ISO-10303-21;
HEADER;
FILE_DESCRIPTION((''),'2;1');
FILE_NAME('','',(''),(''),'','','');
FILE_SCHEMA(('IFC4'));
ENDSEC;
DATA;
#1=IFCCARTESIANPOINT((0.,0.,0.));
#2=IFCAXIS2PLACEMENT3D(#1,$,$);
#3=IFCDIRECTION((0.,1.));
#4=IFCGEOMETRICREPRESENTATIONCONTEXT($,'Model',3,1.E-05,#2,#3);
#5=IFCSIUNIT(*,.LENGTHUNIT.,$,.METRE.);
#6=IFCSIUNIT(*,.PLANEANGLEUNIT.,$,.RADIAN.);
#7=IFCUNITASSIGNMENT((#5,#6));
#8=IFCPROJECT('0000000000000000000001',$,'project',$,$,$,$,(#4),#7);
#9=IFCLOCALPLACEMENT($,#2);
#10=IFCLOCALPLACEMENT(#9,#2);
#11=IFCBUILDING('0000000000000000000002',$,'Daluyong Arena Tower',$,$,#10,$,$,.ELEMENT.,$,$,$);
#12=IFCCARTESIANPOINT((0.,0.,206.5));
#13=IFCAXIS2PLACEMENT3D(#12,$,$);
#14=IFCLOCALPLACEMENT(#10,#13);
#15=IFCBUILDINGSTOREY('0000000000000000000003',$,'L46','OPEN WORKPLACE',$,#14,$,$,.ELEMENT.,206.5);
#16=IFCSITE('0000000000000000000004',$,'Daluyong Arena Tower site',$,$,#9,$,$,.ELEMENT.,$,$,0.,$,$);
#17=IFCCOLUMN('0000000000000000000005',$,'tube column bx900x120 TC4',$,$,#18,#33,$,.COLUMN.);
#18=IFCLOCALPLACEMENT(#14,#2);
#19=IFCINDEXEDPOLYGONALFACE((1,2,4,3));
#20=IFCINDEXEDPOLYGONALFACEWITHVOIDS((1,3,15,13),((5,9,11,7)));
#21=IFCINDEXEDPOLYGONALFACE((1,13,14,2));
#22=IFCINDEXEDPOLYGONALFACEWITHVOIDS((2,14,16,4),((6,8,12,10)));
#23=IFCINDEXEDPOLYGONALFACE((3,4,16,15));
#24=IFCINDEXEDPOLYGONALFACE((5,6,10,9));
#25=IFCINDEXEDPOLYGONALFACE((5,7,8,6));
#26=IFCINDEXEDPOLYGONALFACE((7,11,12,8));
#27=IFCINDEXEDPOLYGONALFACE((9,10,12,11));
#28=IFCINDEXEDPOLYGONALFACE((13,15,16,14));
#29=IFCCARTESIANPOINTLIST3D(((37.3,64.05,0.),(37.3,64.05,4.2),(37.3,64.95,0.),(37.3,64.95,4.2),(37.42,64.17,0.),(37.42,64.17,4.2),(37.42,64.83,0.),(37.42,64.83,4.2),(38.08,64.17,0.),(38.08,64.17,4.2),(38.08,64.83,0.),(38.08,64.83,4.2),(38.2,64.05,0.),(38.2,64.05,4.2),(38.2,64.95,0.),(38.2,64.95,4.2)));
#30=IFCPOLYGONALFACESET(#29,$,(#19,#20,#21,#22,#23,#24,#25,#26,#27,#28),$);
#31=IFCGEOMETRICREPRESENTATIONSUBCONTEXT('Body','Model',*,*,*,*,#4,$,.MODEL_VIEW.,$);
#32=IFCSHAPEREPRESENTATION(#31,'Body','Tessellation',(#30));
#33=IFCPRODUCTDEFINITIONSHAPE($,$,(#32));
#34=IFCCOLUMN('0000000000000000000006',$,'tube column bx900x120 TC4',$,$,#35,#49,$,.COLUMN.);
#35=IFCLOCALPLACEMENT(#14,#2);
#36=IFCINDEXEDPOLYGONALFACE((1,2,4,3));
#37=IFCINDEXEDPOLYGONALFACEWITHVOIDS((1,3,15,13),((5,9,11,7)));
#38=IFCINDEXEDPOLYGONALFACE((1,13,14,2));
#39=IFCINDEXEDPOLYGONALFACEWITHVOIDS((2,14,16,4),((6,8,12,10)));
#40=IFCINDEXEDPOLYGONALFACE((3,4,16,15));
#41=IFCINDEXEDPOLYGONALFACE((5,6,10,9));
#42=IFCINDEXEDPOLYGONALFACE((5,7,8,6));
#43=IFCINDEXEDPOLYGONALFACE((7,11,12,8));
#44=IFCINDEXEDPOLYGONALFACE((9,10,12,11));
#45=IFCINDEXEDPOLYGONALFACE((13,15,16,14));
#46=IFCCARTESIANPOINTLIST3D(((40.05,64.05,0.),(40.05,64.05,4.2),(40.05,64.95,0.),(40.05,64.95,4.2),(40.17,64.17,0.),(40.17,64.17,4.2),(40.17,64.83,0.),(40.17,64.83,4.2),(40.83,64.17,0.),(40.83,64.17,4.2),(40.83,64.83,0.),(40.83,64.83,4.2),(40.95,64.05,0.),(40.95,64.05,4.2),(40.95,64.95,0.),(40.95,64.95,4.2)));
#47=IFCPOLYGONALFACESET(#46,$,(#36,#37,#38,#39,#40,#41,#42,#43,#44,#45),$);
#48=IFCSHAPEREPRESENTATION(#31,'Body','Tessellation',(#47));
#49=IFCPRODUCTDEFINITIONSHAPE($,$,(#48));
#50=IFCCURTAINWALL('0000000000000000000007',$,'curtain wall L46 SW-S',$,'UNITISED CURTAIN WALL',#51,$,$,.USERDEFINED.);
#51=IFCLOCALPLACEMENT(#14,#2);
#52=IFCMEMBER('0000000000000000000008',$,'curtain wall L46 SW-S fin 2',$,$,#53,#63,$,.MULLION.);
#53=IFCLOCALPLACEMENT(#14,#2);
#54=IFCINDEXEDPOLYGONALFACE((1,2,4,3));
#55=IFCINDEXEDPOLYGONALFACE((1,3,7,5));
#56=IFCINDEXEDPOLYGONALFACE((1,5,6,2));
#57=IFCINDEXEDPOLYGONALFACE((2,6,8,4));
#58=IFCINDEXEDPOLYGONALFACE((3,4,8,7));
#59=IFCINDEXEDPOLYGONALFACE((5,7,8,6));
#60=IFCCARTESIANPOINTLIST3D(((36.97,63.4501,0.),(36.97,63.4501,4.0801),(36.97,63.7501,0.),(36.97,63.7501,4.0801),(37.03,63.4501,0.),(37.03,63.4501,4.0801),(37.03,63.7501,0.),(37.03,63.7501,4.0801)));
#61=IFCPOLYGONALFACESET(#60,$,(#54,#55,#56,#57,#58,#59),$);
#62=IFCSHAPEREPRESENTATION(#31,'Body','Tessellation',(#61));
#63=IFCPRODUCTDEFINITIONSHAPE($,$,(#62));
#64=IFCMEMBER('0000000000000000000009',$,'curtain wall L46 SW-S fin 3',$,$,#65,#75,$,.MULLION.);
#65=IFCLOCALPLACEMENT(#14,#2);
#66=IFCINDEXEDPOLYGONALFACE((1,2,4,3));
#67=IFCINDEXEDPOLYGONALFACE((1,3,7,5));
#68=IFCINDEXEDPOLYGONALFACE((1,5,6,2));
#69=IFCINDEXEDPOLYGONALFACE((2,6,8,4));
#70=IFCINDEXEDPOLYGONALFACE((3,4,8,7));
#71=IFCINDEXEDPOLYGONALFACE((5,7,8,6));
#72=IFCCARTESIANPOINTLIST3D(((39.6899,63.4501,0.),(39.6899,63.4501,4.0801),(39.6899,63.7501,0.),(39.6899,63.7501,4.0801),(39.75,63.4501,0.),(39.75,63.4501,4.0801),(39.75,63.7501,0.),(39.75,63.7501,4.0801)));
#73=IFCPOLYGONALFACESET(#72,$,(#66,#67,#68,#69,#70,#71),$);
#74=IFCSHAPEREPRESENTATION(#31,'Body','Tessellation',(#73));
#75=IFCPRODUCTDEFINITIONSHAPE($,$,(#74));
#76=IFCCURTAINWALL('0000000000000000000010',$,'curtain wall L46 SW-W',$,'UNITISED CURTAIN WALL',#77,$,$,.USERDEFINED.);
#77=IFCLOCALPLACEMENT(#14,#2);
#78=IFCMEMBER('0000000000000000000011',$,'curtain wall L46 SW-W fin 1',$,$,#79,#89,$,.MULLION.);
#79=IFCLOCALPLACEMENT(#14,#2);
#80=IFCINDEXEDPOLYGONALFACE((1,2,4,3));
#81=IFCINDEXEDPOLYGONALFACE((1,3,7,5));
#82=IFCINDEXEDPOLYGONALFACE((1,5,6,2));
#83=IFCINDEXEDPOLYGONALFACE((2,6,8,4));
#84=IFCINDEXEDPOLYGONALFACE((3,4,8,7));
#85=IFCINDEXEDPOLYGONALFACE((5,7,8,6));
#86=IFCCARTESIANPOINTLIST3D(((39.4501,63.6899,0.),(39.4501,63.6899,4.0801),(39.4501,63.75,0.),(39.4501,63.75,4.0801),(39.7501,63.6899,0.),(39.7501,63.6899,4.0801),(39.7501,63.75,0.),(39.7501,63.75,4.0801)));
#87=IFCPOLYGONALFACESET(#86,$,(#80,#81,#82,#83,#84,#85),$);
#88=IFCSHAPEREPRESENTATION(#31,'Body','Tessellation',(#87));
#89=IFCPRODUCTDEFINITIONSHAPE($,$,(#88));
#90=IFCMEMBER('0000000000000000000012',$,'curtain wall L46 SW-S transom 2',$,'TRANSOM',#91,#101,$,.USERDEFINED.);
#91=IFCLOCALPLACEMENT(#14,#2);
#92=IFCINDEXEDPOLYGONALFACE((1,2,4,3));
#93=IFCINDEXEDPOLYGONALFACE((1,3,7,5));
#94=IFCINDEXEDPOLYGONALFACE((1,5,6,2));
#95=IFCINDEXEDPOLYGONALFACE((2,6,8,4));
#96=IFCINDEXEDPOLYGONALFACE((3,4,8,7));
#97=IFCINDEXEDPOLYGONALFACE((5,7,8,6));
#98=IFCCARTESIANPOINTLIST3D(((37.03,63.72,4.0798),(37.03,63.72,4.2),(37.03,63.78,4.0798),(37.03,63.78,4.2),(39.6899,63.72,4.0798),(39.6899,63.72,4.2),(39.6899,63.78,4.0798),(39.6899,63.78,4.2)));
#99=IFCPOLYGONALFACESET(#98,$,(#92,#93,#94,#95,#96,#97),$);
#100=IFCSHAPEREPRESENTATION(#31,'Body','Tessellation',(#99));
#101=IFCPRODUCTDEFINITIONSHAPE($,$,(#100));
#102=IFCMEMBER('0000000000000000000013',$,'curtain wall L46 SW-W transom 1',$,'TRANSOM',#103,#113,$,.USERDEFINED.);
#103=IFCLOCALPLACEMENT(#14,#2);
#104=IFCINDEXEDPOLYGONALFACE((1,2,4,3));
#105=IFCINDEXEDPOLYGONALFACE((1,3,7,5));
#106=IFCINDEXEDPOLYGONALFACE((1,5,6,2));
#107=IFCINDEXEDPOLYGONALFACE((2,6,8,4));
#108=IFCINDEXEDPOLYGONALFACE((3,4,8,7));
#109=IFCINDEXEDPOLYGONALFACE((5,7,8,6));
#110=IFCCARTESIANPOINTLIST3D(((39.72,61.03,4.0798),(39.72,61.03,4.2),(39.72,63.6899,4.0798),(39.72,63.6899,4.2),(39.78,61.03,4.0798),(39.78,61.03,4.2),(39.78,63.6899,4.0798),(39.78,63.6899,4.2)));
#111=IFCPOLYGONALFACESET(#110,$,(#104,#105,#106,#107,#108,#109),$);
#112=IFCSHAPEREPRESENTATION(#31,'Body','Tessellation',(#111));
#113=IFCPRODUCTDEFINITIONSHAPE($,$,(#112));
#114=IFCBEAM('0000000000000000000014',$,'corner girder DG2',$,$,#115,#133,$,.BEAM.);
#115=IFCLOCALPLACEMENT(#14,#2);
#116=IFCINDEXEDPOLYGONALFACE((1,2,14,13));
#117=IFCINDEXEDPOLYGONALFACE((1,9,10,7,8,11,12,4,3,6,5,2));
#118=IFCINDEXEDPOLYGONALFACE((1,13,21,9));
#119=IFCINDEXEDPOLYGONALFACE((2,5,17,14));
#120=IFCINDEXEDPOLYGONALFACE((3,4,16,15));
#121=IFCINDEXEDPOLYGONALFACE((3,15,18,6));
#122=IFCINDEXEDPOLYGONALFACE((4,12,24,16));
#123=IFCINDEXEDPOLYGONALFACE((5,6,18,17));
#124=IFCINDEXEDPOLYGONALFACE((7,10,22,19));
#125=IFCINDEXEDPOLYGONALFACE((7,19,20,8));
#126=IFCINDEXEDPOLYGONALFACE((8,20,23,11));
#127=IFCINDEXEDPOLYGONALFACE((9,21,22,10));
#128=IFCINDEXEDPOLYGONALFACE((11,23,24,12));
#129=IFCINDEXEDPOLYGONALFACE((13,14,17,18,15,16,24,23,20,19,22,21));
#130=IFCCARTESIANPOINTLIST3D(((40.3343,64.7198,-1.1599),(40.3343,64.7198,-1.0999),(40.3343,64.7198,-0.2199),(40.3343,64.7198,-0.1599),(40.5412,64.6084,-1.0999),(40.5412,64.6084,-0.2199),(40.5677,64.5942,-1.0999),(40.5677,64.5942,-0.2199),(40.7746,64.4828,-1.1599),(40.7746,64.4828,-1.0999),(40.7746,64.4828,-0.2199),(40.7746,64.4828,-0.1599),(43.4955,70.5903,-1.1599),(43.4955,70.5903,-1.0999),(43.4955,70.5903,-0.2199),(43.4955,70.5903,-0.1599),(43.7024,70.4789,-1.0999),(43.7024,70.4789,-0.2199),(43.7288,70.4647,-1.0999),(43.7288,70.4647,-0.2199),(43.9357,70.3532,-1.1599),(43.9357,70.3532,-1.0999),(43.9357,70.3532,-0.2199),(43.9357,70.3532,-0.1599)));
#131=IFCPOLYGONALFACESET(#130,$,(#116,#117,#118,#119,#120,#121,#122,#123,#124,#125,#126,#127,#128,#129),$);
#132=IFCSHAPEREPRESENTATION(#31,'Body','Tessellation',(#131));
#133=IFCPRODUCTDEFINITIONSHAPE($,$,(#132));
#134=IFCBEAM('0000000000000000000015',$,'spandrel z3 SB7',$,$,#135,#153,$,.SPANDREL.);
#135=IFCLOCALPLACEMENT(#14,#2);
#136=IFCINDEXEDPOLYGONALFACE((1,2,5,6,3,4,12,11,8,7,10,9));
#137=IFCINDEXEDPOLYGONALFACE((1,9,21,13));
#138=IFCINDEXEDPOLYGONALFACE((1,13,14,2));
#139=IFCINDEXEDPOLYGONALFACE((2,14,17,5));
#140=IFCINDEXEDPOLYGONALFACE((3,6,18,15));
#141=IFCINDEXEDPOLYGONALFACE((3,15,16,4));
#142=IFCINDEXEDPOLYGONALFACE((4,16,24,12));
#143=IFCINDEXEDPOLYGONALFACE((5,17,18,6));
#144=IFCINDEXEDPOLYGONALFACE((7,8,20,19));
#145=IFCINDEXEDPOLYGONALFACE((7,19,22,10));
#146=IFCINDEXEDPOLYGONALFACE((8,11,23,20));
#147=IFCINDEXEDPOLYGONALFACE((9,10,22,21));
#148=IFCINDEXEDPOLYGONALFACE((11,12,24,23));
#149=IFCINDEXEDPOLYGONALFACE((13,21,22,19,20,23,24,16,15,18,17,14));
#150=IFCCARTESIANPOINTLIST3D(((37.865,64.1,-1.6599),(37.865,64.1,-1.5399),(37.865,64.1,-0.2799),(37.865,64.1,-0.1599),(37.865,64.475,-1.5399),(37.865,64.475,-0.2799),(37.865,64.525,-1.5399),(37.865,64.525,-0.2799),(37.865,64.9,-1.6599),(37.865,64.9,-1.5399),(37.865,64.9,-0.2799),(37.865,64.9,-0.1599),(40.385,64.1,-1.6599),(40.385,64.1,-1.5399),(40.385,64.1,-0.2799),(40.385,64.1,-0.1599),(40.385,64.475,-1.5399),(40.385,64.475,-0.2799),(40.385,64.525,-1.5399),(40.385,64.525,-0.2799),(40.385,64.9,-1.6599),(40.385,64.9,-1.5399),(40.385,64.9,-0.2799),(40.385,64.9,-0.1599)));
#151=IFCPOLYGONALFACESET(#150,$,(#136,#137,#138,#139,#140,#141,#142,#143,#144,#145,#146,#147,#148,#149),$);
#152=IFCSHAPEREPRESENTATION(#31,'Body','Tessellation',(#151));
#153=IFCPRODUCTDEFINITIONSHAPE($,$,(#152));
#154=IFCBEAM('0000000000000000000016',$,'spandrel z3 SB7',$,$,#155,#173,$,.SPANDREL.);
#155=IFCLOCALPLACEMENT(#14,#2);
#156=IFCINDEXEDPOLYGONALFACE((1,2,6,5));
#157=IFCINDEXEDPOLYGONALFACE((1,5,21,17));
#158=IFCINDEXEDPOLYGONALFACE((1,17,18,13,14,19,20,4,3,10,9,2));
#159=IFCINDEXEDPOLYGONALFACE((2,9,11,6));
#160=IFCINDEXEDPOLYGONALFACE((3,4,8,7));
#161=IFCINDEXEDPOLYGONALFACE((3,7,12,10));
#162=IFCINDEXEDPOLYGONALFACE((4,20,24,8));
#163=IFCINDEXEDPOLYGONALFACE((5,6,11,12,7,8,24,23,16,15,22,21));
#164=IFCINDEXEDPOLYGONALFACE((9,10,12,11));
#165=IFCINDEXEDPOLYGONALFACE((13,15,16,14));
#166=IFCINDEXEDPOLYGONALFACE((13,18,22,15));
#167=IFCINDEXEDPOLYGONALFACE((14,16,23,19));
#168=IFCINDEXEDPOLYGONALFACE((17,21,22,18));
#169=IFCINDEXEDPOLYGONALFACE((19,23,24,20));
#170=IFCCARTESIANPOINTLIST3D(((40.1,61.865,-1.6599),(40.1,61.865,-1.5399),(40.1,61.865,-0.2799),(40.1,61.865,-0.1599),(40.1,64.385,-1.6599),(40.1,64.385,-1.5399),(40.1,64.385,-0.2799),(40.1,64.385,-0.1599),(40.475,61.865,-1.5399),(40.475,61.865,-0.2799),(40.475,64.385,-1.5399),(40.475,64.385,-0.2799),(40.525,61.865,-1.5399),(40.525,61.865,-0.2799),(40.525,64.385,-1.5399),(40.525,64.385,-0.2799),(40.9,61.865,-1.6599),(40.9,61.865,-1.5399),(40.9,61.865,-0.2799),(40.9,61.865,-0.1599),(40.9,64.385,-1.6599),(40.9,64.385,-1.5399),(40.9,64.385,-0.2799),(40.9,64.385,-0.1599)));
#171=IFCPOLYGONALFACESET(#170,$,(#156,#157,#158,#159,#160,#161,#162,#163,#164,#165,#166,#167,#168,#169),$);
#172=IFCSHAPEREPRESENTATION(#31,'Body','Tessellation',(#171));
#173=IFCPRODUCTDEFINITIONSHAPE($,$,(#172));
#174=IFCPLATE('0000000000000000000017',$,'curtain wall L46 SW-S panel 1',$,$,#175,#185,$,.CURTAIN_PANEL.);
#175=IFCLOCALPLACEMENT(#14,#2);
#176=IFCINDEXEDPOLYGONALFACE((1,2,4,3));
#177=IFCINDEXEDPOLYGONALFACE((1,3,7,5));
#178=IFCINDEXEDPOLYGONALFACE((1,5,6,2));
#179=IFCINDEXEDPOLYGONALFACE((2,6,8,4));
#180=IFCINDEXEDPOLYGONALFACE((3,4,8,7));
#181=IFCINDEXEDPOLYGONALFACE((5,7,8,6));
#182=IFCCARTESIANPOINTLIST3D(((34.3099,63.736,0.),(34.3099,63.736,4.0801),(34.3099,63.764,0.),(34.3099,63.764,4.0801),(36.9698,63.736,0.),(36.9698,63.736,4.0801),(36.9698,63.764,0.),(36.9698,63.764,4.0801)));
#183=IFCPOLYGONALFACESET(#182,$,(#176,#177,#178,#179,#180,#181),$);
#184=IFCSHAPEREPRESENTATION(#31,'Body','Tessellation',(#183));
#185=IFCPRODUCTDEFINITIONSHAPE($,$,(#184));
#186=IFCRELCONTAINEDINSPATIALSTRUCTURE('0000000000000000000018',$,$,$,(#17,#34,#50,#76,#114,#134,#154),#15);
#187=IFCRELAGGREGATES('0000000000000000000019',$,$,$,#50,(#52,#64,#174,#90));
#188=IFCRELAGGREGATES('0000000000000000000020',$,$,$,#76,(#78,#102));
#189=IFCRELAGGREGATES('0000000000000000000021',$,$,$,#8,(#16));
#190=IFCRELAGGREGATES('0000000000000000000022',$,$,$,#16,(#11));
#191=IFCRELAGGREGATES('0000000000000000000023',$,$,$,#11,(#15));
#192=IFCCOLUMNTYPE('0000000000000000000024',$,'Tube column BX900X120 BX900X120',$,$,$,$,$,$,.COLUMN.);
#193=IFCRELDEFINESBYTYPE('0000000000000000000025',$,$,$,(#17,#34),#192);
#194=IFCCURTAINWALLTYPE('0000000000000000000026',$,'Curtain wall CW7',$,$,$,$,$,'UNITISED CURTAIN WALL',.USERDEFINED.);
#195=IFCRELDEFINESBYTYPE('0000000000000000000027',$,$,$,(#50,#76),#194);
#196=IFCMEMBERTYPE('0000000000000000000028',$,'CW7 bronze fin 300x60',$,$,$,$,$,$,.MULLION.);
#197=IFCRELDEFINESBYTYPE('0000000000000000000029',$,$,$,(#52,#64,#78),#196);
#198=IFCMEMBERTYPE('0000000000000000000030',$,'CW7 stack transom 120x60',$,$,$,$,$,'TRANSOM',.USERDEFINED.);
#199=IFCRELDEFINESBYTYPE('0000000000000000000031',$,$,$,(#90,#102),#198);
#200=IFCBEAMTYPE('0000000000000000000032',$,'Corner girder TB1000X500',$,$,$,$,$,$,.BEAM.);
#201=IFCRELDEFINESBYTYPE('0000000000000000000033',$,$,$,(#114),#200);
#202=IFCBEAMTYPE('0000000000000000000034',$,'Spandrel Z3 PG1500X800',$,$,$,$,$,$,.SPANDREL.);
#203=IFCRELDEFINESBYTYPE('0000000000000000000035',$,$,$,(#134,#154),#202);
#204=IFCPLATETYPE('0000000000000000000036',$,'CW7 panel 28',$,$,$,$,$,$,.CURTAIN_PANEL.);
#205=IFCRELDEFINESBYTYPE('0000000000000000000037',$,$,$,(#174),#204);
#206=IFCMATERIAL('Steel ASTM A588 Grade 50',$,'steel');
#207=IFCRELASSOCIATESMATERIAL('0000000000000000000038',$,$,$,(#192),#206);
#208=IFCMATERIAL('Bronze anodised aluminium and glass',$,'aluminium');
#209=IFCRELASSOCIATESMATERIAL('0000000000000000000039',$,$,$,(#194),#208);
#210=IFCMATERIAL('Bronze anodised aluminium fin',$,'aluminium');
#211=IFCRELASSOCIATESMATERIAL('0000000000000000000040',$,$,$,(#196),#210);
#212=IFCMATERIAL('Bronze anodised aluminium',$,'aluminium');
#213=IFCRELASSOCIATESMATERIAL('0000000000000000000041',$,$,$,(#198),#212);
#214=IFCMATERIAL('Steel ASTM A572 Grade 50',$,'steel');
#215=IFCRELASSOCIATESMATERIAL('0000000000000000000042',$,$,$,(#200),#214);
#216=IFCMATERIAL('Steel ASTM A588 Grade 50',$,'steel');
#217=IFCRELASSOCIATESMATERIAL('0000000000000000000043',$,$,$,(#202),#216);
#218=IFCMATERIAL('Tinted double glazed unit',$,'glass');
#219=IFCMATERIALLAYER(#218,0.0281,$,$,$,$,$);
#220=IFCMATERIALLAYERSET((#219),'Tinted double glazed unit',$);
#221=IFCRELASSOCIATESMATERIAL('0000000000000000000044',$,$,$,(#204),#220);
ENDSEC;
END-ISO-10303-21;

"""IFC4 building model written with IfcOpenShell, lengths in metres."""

from ifc_helpers import new_model, si_unit, direction, frame, origin, origin_2d, place, context, subcontext, project, spatial, rectangle, hollow_rectangle, i_section, extrude, material, layer, layer_set, material_profile, profile_set, type_object, element, aggregate, save


model = new_model("IFC4")

# Units and contexts
model_context = context("Model", 3, precision=1e-05, world=origin(), true_north=direction((0.0, 1.0)))
body_context = subcontext(model_context, "Body", "Model", "MODEL_VIEW")
ifc_project = project(units=[si_unit("LENGTHUNIT", "METRE"), si_unit("PLANEANGLEUNIT", "RADIAN")], contexts=[model_context])

# Site, building, storey
site_placement = place(None, origin())
site = spatial("IfcSite", under=ifc_project, at=site_placement, Name="Daluyong Arena Tower site", CompositionType="ELEMENT", RefElevation=0.0)
building_placement = place(site_placement, origin())
building = spatial("IfcBuilding", under=site, at=building_placement, Name="Daluyong Arena Tower", CompositionType="ELEMENT")
storey_placement = place(building_placement, frame((0.0, 0.0, 206.5)))
storey = spatial("IfcBuildingStorey", under=building, at=storey_placement, Name="L46", Description="OPEN WORKPLACE", CompositionType="ELEMENT", Elevation=206.5)

# Columns
ifc_material_1 = material(Name="Steel ASTM A588 Grade 50", Category="steel")
ifc_material_profile_1 = material_profile(ifc_material_1, hollow_rectangle(XDim=0.8999, YDim=0.8999, WallThickness=0.12, at=origin_2d()))
ifc_profile_set_1 = profile_set([ifc_material_profile_1], Name="Steel ASTM A588 Grade 50")
column_type = type_object("IfcColumnType", Name="Tube column BX900X120 BX900X120", PredefinedType="COLUMN", material=ifc_profile_set_1)
for number, where, z_axis, x_axis, name in (
    (1, (37.75, 64.5, 0.0), (0.0, 0.0, 1.0), (1.0, 0.0, 0.0), "tube column bx900x120 TC4"),
    (2, (40.5, 64.5, 0.0), (0.0, 0.0, 1.0), (0.0, 1.0, 0.0), "tube column bx900x120 TC4"),
):
    element("IfcColumn", number, at=place(storey_placement, frame(where, z_axis=z_axis, x_axis=x_axis)), inside=storey, type_object=column_type, Name=name, PredefinedType="COLUMN", context=body_context, shape_type="SweptSolid", body=[
        extrude(hollow_rectangle(XDim=0.8999, YDim=0.8999, WallThickness=0.12, at=origin_2d()), origin(), (0.0, 0.0, 1.0), 4.2),
    ])

# Curtain wall, members
ifc_material_2 = material(Name="Bronze anodised aluminium and glass", Category="aluminium")
curtain_wall_type = type_object("IfcCurtainWallType", Name="Curtain wall CW7", ElementType="UNITISED CURTAIN WALL", PredefinedType="USERDEFINED", material=ifc_material_2)
curtain_wall_1_placement = place(storey_placement, origin())
curtain_wall_1 = element("IfcCurtainWall", 3, at=curtain_wall_1_placement, inside=storey, type_object=curtain_wall_type, Name="curtain wall L46 SW-S", ObjectType="UNITISED CURTAIN WALL", PredefinedType="USERDEFINED")
ifc_material_3 = material(Name="Bronze anodised aluminium fin", Category="aluminium")
ifc_material_profile_2 = material_profile(ifc_material_3, rectangle(XDim=0.3, YDim=0.0601, at=origin_2d()))
ifc_profile_set_2 = profile_set([ifc_material_profile_2], Name="Bronze anodised aluminium fin")
member_type_1 = type_object("IfcMemberType", Name="CW7 bronze fin 300x60", PredefinedType="MULLION", material=ifc_profile_set_2)
member_1_placement = place(storey_placement, frame((37.0, 63.6001, 0.0), z_axis=(0.0, 0.0, 1.0), x_axis=(0.0, 1.0, 0.0)))
member_1 = element("IfcMember", 4, at=member_1_placement, type_object=member_type_1, Name="curtain wall L46 SW-S fin 2", PredefinedType="MULLION", context=body_context, shape_type="SweptSolid", body=[
    extrude(rectangle(XDim=0.3, YDim=0.0601, at=origin_2d()), origin(), (0.0, 0.0, 1.0), 4.0801),
])
member_2_placement = place(storey_placement, frame((39.72, 63.6001, 0.0), z_axis=(0.0, 0.0, 1.0), x_axis=(0.0, 1.0, 0.0)))
member_2 = element("IfcMember", 5, at=member_2_placement, type_object=member_type_1, Name="curtain wall L46 SW-S fin 3", PredefinedType="MULLION", context=body_context, shape_type="SweptSolid", body=[
    extrude(rectangle(XDim=0.3, YDim=0.0601, at=origin_2d()), origin(), (0.0, 0.0, 1.0), 4.0801),
])

# Curtain wall, member
curtain_wall_2_placement = place(storey_placement, origin())
curtain_wall_2 = element("IfcCurtainWall", 6, at=curtain_wall_2_placement, inside=storey, type_object=curtain_wall_type, Name="curtain wall L46 SW-W", ObjectType="UNITISED CURTAIN WALL", PredefinedType="USERDEFINED")
member_3_placement = place(storey_placement, frame((39.6001, 63.72, 0.0), z_axis=(0.0, 0.0, 1.0), x_axis=(1.0, 0.0, 0.0)))
member_3 = element("IfcMember", 7, at=member_3_placement, type_object=member_type_1, Name="curtain wall L46 SW-W fin 1", PredefinedType="MULLION", context=body_context, shape_type="SweptSolid", body=[
    extrude(rectangle(XDim=0.3, YDim=0.0601, at=origin_2d()), origin(), (0.0, 0.0, 1.0), 4.0801),
])

# Members
ifc_material_4 = material(Name="Bronze anodised aluminium", Category="aluminium")
ifc_material_profile_3 = material_profile(ifc_material_4, rectangle(XDim=0.0601, YDim=0.1201, at=origin_2d()))
ifc_profile_set_3 = profile_set([ifc_material_profile_3], Name="Bronze anodised aluminium")
member_type_2 = type_object("IfcMemberType", Name="CW7 stack transom 120x60", ElementType="TRANSOM", PredefinedType="USERDEFINED", material=ifc_profile_set_3)
member_4_placement = place(storey_placement, frame((37.03, 63.75, 4.1399), z_axis=(1.0, 0.0, 0.0), x_axis=(0.0, 1.0, 0.0)))
member_4 = element("IfcMember", 8, at=member_4_placement, type_object=member_type_2, Name="curtain wall L46 SW-S transom 2", ObjectType="TRANSOM", PredefinedType="USERDEFINED", context=body_context, shape_type="SweptSolid", body=[
    extrude(rectangle(XDim=0.0601, YDim=0.1201, at=origin_2d()), origin(), (0.0, 0.0, 1.0), 2.6599),
])
member_5_placement = place(storey_placement, frame((39.75, 63.6899, 4.1399), z_axis=(0.0, -1.0, 0.0), x_axis=(1.0, 0.0, 0.0)))
member_5 = element("IfcMember", 9, at=member_5_placement, type_object=member_type_2, Name="curtain wall L46 SW-W transom 1", ObjectType="TRANSOM", PredefinedType="USERDEFINED", context=body_context, shape_type="SweptSolid", body=[
    extrude(rectangle(XDim=0.0601, YDim=0.1201, at=origin_2d()), origin(), (0.0, 0.0, 1.0), 2.6599),
])

# Beams
ifc_material_5 = material(Name="Steel ASTM A572 Grade 50", Category="steel")
ifc_material_profile_4 = material_profile(ifc_material_5, i_section(OverallWidth=0.5, OverallDepth=1.0, WebThickness=0.03, FlangeThickness=0.06, at=origin_2d()))
ifc_profile_set_4 = profile_set([ifc_material_profile_4], Name="Steel ASTM A572 Grade 50")
beam_type_1 = type_object("IfcBeamType", Name="Corner girder TB1000X500", PredefinedType="BEAM", material=ifc_profile_set_4)
beam_placement = place(storey_placement, frame((40.5544, 64.6013, -0.6599), z_axis=(0.474119, 0.880461, 0.0), x_axis=(-0.880461, 0.474119, 0.0)))
element("IfcBeam", 10, at=beam_placement, inside=storey, type_object=beam_type_1, Name="corner girder DG2", PredefinedType="BEAM", context=body_context, shape_type="SweptSolid", body=[
    extrude(i_section(OverallWidth=0.5, OverallDepth=1.0, WebThickness=0.03, FlangeThickness=0.06, at=origin_2d()), origin(), (0.0, 0.0, 1.0), 6.6675),
])
ifc_material_6 = material(Name="Steel ASTM A588 Grade 50", Category="steel")
ifc_material_profile_5 = material_profile(ifc_material_6, i_section(OverallWidth=0.8, OverallDepth=1.5, WebThickness=0.05, FlangeThickness=0.12, at=origin_2d()))
ifc_profile_set_5 = profile_set([ifc_material_profile_5], Name="Steel ASTM A588 Grade 50")
beam_type_2 = type_object("IfcBeamType", Name="Spandrel Z3 PG1500X800", PredefinedType="SPANDREL", material=ifc_profile_set_5)
for number, where, z_axis, x_axis, name in (
    (11, (37.865, 64.5, -0.9099), (1.0, 0.0, 0.0), (0.0, 1.0, 0.0), "spandrel z3 SB7"),
    (12, (40.5, 64.385, -0.9099), (0.0, -1.0, 0.0), (1.0, 0.0, 0.0), "spandrel z3 SB7"),
):
    element("IfcBeam", number, at=place(storey_placement, frame(where, z_axis=z_axis, x_axis=x_axis)), inside=storey, type_object=beam_type_2, Name=name, PredefinedType="SPANDREL", context=body_context, shape_type="SweptSolid", body=[
        extrude(i_section(OverallWidth=0.8, OverallDepth=1.5, WebThickness=0.05, FlangeThickness=0.12, at=origin_2d()), origin(), (0.0, 0.0, 1.0), 2.52),
    ])

# Plate
ifc_material_7 = material(Name="Tinted double glazed unit", Category="glass")
ifc_layer_1 = layer(ifc_material_7, 0.0281)
ifc_layer_set_1 = layer_set([ifc_layer_1], Name="Tinted double glazed unit")
plate_type = type_object("IfcPlateType", Name="CW7 panel 28", PredefinedType="CURTAIN_PANEL", material=ifc_layer_set_1)
plate_1_placement = place(storey_placement, frame((35.6399, 63.75, 0.0), z_axis=(0.0, 0.0, 1.0), x_axis=(1.0, 0.0, 0.0)))
plate_1 = element("IfcPlate", 13, at=plate_1_placement, type_object=plate_type, Name="curtain wall L46 SW-S panel 1", PredefinedType="CURTAIN_PANEL", context=body_context, shape_type="SweptSolid", body=[
    extrude(rectangle(XDim=2.6599, YDim=0.0281, at=origin_2d()), origin(), (0.0, 0.0, 1.0), 4.0801),
])
aggregate(curtain_wall_1, [member_1, member_2, plate_1, member_4])
aggregate(curtain_wall_2, [member_3, member_5])

save(model, "model.ifc")
